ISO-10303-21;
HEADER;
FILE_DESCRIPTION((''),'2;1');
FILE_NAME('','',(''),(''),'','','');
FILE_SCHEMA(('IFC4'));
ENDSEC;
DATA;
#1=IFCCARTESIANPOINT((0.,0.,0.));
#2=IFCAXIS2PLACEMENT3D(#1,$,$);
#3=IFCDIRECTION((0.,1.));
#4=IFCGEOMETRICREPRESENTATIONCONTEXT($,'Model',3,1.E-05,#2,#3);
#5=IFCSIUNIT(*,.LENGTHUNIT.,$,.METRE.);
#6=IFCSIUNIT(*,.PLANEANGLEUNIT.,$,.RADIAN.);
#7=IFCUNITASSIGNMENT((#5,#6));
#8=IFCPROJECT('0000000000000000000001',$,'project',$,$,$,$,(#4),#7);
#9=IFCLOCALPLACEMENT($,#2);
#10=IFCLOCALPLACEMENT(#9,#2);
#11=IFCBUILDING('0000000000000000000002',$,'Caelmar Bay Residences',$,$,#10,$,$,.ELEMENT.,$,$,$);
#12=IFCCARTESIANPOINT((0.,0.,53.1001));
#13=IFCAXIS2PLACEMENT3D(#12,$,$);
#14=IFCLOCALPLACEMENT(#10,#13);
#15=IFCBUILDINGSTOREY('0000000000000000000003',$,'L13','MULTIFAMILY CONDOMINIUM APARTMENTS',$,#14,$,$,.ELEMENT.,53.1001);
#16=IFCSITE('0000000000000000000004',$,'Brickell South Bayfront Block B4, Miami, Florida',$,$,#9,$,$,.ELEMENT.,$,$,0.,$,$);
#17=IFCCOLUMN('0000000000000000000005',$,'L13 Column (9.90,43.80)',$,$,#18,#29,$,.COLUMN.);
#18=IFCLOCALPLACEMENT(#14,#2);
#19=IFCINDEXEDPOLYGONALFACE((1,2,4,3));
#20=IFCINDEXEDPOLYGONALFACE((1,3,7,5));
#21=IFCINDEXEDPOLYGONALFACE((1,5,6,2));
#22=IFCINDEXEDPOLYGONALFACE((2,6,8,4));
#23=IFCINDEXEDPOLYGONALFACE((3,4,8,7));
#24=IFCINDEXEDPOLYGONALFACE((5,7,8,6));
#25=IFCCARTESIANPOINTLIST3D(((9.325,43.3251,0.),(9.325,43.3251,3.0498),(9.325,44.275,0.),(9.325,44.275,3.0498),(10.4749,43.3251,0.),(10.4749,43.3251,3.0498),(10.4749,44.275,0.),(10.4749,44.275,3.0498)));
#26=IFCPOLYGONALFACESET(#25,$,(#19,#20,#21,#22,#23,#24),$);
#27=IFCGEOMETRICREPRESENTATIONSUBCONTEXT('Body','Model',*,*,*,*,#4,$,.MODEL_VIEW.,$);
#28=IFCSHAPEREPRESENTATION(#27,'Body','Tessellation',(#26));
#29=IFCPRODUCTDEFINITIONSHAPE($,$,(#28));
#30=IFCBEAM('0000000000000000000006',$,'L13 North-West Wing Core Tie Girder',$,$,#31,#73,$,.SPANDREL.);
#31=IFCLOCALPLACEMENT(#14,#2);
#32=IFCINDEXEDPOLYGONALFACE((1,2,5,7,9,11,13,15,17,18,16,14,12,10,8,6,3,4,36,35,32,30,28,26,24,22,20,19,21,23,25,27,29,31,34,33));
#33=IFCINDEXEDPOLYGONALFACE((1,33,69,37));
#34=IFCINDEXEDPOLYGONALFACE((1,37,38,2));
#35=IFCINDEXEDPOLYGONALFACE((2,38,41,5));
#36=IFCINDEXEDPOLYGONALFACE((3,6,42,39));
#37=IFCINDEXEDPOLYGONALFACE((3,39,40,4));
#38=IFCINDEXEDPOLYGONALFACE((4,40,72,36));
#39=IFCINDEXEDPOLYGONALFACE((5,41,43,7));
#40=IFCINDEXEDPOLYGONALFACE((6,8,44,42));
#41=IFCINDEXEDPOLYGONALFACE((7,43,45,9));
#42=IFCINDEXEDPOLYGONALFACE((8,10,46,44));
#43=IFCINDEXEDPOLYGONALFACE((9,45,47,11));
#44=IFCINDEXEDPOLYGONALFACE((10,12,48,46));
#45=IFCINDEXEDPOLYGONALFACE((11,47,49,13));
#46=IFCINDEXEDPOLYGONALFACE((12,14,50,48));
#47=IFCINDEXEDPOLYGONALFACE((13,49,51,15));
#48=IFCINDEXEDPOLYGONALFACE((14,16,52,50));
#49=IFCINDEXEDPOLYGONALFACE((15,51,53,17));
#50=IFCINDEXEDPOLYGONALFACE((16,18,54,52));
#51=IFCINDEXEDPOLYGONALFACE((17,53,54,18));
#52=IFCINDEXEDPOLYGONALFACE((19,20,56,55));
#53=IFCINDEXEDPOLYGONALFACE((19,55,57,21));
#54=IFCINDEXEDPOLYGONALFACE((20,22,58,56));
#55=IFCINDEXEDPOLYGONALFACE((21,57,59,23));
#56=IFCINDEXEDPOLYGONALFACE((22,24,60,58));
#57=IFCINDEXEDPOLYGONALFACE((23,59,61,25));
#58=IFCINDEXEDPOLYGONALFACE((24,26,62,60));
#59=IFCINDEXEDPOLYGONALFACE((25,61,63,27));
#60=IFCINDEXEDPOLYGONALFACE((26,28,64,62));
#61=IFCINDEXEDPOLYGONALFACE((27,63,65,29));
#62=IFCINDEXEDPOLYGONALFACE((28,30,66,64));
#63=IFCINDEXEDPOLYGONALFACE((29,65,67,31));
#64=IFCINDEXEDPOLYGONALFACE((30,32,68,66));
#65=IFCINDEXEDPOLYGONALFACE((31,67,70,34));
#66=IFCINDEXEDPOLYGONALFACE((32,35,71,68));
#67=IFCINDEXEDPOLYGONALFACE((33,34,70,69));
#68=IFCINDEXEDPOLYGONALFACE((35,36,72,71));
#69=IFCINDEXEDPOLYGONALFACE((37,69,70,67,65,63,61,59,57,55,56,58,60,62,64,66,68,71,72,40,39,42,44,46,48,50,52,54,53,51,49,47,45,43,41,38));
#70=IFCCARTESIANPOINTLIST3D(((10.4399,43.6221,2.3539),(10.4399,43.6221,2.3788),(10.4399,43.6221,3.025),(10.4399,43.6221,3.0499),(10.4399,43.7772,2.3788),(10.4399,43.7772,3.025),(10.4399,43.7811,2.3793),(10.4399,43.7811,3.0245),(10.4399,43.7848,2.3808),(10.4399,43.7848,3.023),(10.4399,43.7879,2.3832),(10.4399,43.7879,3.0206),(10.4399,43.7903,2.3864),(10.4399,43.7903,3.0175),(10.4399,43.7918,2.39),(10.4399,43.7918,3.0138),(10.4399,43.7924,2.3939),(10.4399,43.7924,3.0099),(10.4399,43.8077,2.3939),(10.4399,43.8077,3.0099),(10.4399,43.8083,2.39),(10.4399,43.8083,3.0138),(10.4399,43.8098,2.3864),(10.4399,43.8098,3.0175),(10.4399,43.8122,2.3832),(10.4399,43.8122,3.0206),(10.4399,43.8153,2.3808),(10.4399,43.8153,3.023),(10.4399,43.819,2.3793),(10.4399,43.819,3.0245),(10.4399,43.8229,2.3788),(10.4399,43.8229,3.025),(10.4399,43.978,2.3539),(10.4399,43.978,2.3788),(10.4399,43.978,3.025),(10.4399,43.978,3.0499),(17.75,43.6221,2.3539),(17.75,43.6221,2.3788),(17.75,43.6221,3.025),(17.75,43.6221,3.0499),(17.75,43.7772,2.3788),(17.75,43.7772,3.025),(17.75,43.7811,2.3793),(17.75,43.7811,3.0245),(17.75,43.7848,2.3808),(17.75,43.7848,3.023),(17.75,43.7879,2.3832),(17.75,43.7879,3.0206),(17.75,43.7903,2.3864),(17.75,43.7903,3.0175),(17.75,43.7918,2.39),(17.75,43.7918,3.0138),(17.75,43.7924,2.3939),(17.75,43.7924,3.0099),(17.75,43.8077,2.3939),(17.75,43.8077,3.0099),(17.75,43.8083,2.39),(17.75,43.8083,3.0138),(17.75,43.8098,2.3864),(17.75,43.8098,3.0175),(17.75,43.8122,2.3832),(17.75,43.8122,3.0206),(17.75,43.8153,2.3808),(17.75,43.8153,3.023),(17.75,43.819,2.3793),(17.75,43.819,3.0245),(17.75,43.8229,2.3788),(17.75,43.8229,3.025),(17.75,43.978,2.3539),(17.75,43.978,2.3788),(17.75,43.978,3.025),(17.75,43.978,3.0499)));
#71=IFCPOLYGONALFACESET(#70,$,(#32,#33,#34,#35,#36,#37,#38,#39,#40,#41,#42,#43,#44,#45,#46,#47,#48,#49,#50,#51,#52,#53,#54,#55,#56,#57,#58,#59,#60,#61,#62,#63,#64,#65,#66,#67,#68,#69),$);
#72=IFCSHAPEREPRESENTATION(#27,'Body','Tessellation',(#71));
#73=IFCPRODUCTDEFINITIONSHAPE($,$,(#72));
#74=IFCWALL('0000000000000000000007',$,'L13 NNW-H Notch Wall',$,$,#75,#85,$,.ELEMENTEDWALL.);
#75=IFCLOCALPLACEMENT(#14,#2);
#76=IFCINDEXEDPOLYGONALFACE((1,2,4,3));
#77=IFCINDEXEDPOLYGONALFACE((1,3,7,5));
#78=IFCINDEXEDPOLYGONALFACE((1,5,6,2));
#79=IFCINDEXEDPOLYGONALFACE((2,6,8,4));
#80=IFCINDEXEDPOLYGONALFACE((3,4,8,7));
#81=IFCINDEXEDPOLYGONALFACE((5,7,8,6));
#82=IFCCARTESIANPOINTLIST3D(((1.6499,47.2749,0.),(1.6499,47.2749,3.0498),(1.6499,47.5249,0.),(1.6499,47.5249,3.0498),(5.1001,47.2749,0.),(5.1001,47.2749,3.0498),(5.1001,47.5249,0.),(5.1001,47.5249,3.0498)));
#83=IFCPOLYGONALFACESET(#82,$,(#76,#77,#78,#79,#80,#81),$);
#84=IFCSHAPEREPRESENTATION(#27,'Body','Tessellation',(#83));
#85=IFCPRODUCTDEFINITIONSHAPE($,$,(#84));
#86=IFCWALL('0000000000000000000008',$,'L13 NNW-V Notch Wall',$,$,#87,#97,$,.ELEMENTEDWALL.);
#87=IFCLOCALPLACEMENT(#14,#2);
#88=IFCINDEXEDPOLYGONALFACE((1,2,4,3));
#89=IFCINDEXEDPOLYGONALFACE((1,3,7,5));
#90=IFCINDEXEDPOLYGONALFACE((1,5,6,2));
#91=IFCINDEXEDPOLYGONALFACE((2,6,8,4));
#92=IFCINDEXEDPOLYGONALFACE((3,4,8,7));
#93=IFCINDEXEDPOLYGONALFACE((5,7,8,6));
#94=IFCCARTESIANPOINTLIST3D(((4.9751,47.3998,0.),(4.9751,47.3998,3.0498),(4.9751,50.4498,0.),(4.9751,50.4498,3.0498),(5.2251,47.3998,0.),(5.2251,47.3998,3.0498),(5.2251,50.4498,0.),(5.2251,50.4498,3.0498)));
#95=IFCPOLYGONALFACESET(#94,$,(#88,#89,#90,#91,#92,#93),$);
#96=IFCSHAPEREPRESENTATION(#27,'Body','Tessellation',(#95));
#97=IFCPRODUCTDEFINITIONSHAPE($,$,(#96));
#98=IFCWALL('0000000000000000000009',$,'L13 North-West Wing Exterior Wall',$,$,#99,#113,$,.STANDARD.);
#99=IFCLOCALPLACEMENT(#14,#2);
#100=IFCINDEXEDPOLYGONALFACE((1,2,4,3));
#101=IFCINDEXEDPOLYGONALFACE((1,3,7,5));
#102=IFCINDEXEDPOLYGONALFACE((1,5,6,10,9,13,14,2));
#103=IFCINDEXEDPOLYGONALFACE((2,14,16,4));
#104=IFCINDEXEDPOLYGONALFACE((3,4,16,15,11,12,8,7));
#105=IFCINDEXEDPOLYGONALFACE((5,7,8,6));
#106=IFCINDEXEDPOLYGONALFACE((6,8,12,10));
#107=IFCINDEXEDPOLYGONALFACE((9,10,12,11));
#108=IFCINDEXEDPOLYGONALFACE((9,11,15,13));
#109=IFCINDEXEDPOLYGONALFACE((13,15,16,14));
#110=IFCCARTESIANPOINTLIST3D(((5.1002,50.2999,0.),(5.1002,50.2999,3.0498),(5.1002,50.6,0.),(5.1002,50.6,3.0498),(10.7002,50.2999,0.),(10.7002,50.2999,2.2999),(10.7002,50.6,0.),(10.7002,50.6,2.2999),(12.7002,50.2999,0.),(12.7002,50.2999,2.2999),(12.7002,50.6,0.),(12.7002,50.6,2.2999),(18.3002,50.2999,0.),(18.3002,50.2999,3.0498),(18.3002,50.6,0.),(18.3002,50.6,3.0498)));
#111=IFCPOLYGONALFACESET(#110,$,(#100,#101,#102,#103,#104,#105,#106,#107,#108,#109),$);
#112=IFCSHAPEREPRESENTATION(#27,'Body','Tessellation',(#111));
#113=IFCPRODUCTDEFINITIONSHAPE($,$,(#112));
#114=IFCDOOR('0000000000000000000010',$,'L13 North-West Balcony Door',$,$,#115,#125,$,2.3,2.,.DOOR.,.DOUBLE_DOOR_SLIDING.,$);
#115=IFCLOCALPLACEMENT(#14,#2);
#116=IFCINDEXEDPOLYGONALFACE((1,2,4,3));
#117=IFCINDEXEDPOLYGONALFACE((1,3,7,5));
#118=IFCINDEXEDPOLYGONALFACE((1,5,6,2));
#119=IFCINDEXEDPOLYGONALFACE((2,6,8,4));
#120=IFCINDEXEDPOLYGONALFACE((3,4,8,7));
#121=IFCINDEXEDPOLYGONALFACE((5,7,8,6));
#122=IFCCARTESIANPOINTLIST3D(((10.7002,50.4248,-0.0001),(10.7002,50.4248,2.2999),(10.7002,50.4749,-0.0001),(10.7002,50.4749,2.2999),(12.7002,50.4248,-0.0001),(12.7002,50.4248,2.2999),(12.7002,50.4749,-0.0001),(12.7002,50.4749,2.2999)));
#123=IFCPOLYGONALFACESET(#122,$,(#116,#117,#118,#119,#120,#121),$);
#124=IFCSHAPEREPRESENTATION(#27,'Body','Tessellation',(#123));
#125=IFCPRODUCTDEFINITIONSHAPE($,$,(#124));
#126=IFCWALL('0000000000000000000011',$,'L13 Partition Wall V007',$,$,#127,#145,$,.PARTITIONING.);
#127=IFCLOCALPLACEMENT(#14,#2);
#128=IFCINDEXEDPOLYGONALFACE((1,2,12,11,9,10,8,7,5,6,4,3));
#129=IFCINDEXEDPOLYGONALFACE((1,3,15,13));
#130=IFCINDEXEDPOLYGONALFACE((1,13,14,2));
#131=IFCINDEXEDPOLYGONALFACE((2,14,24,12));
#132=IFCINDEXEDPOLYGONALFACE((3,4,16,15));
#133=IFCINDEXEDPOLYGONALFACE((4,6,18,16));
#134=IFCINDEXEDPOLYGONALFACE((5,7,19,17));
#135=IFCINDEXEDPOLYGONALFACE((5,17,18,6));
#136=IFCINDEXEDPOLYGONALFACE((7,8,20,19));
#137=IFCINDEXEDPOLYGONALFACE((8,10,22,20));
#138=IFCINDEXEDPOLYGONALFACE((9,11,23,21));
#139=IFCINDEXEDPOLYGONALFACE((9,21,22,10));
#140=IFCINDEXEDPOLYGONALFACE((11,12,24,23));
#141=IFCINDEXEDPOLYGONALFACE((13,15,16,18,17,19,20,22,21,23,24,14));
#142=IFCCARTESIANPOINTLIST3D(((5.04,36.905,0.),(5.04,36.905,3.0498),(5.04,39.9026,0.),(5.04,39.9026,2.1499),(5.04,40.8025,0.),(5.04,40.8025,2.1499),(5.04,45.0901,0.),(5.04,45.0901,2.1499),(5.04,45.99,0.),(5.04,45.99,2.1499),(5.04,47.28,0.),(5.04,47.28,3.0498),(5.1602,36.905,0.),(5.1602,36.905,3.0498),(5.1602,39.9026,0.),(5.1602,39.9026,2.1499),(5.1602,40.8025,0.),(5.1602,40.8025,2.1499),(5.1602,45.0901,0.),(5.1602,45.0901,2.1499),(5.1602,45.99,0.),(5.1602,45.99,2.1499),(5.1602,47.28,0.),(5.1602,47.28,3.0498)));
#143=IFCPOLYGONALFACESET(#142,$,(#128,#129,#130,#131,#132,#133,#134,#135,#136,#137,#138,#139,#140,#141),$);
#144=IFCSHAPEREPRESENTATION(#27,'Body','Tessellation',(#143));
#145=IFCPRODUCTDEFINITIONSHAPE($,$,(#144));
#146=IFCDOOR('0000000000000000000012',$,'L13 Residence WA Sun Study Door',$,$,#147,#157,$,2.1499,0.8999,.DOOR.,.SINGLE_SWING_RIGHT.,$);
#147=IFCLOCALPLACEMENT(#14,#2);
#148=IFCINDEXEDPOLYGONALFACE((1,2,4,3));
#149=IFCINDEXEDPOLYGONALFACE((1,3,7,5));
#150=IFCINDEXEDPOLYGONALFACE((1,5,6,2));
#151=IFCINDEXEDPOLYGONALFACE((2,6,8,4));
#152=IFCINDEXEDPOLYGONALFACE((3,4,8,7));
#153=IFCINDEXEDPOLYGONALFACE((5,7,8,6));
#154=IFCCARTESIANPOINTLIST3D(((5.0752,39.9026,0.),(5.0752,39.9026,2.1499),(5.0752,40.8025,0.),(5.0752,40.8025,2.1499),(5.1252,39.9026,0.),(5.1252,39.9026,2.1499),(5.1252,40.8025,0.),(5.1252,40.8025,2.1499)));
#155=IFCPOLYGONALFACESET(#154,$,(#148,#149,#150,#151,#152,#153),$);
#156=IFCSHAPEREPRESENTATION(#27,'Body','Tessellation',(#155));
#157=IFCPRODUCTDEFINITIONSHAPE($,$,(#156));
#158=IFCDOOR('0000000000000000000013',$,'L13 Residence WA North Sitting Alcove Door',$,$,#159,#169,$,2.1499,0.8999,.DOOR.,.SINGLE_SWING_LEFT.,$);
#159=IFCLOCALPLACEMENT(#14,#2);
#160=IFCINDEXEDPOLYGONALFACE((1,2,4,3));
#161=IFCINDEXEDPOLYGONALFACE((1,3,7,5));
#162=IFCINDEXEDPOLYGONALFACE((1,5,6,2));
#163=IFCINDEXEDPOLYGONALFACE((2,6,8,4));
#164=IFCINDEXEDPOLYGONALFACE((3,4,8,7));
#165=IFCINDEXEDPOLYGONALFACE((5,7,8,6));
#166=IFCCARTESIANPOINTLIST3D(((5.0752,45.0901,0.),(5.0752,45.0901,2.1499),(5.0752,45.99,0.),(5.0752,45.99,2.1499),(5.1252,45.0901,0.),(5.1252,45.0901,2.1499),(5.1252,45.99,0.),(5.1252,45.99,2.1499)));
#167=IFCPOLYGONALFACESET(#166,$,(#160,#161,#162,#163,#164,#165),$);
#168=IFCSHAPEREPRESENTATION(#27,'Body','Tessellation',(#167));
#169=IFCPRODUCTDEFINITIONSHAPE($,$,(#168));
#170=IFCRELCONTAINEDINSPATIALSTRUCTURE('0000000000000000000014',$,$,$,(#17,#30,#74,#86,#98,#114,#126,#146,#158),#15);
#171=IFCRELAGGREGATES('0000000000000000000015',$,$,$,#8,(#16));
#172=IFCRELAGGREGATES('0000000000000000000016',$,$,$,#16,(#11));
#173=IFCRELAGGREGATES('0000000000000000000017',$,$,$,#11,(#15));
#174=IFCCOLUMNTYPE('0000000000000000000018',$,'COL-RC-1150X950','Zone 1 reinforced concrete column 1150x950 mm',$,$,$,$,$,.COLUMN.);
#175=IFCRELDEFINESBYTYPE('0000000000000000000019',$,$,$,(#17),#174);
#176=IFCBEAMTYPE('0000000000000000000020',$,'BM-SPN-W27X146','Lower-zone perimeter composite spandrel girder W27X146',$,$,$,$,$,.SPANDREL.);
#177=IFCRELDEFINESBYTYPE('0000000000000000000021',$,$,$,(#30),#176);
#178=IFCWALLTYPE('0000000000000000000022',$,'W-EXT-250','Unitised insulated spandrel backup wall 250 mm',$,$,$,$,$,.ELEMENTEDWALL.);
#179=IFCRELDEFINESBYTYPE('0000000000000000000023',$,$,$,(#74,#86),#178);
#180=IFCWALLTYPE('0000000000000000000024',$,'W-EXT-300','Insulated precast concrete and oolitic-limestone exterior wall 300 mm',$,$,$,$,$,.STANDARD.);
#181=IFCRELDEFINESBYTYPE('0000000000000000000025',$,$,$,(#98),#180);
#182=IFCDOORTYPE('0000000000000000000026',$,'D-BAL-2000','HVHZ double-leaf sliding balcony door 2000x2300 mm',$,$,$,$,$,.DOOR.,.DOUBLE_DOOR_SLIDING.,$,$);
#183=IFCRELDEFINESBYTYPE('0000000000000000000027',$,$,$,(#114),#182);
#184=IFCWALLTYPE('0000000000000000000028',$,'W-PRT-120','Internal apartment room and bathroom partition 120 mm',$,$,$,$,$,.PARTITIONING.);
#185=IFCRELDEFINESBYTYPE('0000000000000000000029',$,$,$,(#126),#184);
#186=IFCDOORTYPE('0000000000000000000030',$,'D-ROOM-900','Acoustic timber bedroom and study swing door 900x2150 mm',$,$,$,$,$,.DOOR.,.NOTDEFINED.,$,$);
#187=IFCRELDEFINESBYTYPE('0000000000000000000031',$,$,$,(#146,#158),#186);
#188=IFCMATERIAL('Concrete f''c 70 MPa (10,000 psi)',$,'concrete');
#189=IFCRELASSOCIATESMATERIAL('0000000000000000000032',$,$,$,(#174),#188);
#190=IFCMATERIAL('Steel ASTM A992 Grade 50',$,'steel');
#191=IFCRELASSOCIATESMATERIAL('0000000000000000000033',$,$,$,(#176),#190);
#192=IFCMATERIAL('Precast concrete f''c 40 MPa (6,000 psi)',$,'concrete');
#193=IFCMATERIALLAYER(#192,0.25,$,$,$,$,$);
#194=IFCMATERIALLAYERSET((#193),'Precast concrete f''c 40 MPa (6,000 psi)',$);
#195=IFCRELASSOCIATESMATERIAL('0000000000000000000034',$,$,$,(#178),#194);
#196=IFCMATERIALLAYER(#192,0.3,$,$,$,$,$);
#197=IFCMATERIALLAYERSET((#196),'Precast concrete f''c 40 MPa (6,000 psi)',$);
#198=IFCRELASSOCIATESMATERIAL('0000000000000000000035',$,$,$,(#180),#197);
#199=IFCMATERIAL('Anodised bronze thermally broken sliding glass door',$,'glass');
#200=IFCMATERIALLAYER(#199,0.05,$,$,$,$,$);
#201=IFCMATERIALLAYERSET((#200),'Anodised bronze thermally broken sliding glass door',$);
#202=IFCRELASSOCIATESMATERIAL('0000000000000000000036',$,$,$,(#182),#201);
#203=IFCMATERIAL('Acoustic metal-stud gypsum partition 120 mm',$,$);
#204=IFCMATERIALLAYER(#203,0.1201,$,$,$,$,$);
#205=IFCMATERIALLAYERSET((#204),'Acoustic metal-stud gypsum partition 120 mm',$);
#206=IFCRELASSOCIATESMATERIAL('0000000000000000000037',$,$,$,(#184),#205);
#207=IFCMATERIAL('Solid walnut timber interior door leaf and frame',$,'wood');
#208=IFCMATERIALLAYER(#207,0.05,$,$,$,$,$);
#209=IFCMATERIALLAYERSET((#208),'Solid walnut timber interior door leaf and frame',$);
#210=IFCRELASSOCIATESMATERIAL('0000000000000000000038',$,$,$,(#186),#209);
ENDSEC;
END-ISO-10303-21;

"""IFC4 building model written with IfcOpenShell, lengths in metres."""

from ifc_helpers import new_model, si_unit, direction, frame, frame_2d, origin, origin_2d, place, context, subcontext, project, spatial, rectangle, i_section, extrude, material, layer, layer_set, material_profile, profile_set, type_object, element, fill, save


model = new_model("IFC4")

# Units and contexts
model_context = context("Model", 3, precision=1e-05, world=origin(), true_north=direction((0.0, 1.0)))
body_context = subcontext(model_context, "Body", "Model", "MODEL_VIEW")
ifc_project = project(units=[si_unit("LENGTHUNIT", "METRE"), si_unit("PLANEANGLEUNIT", "RADIAN")], contexts=[model_context])

# Site, building, storey
site_placement = place(None, origin())
site = spatial("IfcSite", under=ifc_project, at=site_placement, Name="Brickell South Bayfront Block B4, Miami, Florida", CompositionType="ELEMENT", RefElevation=0.0)
building_placement = place(site_placement, origin())
building = spatial("IfcBuilding", under=site, at=building_placement, Name="Caelmar Bay Residences", CompositionType="ELEMENT")
storey_placement = place(building_placement, frame((0.0, 0.0, 53.1001)))
storey = spatial("IfcBuildingStorey", under=building, at=storey_placement, Name="L13", Description="MULTIFAMILY CONDOMINIUM APARTMENTS", CompositionType="ELEMENT", Elevation=53.1001)

# Column
ifc_material_1 = material(Name="Concrete f'c 70 MPa (10,000 psi)", Category="concrete")
ifc_material_profile_1 = material_profile(ifc_material_1, rectangle(XDim=1.1499, YDim=0.95, at=origin_2d()), Name="RC-COL-1150X950")
ifc_profile_set_1 = profile_set([ifc_material_profile_1], Name="Concrete f'c 70 MPa (10,000 psi)")
column_type = type_object("IfcColumnType", Name="COL-RC-1150X950", Description="Zone 1 reinforced concrete column 1150x950 mm", PredefinedType="COLUMN", material=ifc_profile_set_1)
column_placement = place(storey_placement, frame((9.8999, 43.8, 0.0), z_axis=(0.0, 0.0, 1.0), x_axis=(1.0, 0.0, 0.0)))
element("IfcColumn", 1, at=column_placement, inside=storey, type_object=column_type, Name="L13 Column (9.90,43.80)", PredefinedType="COLUMN", context=body_context, shape_type="SweptSolid", body=[
    extrude(rectangle(XDim=1.1499, YDim=0.95, at=origin_2d()), origin(), (0.0, 0.0, 1.0), 3.0498),
])

# Beam
ifc_material_2 = material(Name="Steel ASTM A992 Grade 50", Category="steel")
ifc_material_profile_2 = material_profile(ifc_material_2, i_section(OverallWidth=0.356, OverallDepth=0.696, WebThickness=0.0154, FlangeThickness=0.0249, FilletRadius=0.0151, at=origin_2d()), Name="W27X146")
ifc_profile_set_2 = profile_set([ifc_material_profile_2], Name="Steel ASTM A992 Grade 50")
beam_type = type_object("IfcBeamType", Name="BM-SPN-W27X146", Description="Lower-zone perimeter composite spandrel girder W27X146", PredefinedType="SPANDREL", material=ifc_profile_set_2)
beam_placement = place(storey_placement, frame((10.4399, 43.8, 2.7019), z_axis=(1.0, 0.0, 0.0), x_axis=(0.0, 1.0, 0.0)))
element("IfcBeam", 2, at=beam_placement, inside=storey, type_object=beam_type, Name="L13 North-West Wing Core Tie Girder", PredefinedType="SPANDREL", context=body_context, shape_type="SweptSolid", body=[
    extrude(i_section(OverallWidth=0.356, OverallDepth=0.696, WebThickness=0.0154, FlangeThickness=0.0249, FilletRadius=0.0151, at=origin_2d()), origin(), (0.0, 0.0, 1.0), 7.3101),
])

# Walls
ifc_material_3 = material(Name="Precast concrete f'c 40 MPa (6,000 psi)", Category="concrete")
ifc_layer_1 = layer(ifc_material_3, 0.25)
ifc_layer_set_1 = layer_set([ifc_layer_1], Name="Precast concrete f'c 40 MPa (6,000 psi)")
wall_type_1 = type_object("IfcWallType", Name="W-EXT-250", Description="Unitised insulated spandrel backup wall 250 mm", PredefinedType="ELEMENTEDWALL", material=ifc_layer_set_1)
wall_1_placement = place(storey_placement, frame((1.6499, 47.3999, 0.0), z_axis=(0.0, 0.0, 1.0), x_axis=(1.0, 0.0, 0.0)))
element("IfcWall", 3, at=wall_1_placement, inside=storey, type_object=wall_type_1, Name="L13 NNW-H Notch Wall", PredefinedType="ELEMENTEDWALL", context=body_context, shape_type="SweptSolid", body=[
    extrude(rectangle(XDim=3.4502, YDim=0.25, at=frame_2d((1.7251, 0.0))), origin(), (0.0, 0.0, 1.0), 3.0498),
])
wall_2_placement = place(storey_placement, frame((5.1001, 47.3999, 0.0), z_axis=(0.0, 0.0, 1.0), x_axis=(0.0, 1.0, 0.0)))
element("IfcWall", 4, at=wall_2_placement, inside=storey, type_object=wall_type_1, Name="L13 NNW-V Notch Wall", PredefinedType="ELEMENTEDWALL", context=body_context, shape_type="SweptSolid", body=[
    extrude(rectangle(XDim=3.05, YDim=0.25, at=frame_2d((1.5249, 0.0))), origin(), (0.0, 0.0, 1.0), 3.0498),
])

# Wall, opening, door
ifc_layer_2 = layer(ifc_material_3, 0.3)
ifc_layer_set_2 = layer_set([ifc_layer_2], Name="Precast concrete f'c 40 MPa (6,000 psi)")
wall_type_2 = type_object("IfcWallType", Name="W-EXT-300", Description="Insulated precast concrete and oolitic-limestone exterior wall 300 mm", PredefinedType="STANDARD", material=ifc_layer_set_2)
wall_3_placement = place(storey_placement, frame((5.1001, 50.45, 0.0), z_axis=(0.0, 0.0, 1.0), x_axis=(1.0, 0.0, 0.0)))
wall_3 = element("IfcWall", 5, at=wall_3_placement, inside=storey, type_object=wall_type_2, Name="L13 North-West Wing Exterior Wall", PredefinedType="STANDARD", context=body_context, shape_type="SweptSolid", body=[
    extrude(rectangle(XDim=13.2, YDim=0.3, at=frame_2d((6.6001, 0.0))), origin(), (0.0, 0.0, 1.0), 3.0498),
])
opening_1_placement = place(wall_3_placement, frame((5.6001, 0.0, 0.0)))
opening_1 = element("IfcOpeningElement", 6, at=opening_1_placement, cuts=wall_3, PredefinedType="OPENING", context=body_context, shape_type="SweptSolid", body=[
    extrude(rectangle(XDim=2.0, YDim=2.3, at=frame_2d((1.0, 1.1499))), frame((0.0, 0.1599, 0.0), z_axis=(0.0, -1.0, 0.0), x_axis=(1.0, 0.0, 0.0)), (0.0, 0.0, 1.0), 0.3201),
])
ifc_material_4 = material(Name="Anodised bronze thermally broken sliding glass door", Category="glass")
ifc_layer_3 = layer(ifc_material_4, 0.05)
ifc_layer_set_3 = layer_set([ifc_layer_3], Name="Anodised bronze thermally broken sliding glass door")
door_type_1 = type_object("IfcDoorType", Name="D-BAL-2000", Description="HVHZ double-leaf sliding balcony door 2000x2300 mm", OperationType="DOUBLE_DOOR_SLIDING", PredefinedType="DOOR", material=ifc_layer_set_3)
door_1_placement = place(opening_1_placement, origin())
door_1 = element("IfcDoor", 7, at=door_1_placement, inside=storey, type_object=door_type_1, Name="L13 North-West Balcony Door", OperationType="DOUBLE_DOOR_SLIDING", OverallHeight=2.3, OverallWidth=2.0, PredefinedType="DOOR", context=body_context, shape_type="SweptSolid", body=[
    extrude(rectangle(XDim=2.0, YDim=2.3, at=frame_2d((1.0, 1.1499))), frame((0.0, 0.0249, 0.0), z_axis=(0.0, -1.0, 0.0), x_axis=(1.0, 0.0, 0.0)), (0.0, 0.0, 1.0), 0.05),
])
fill(opening_1, door_1)

# Wall, openings, doors
ifc_material_5 = material(Name="Acoustic metal-stud gypsum partition 120 mm")
ifc_layer_4 = layer(ifc_material_5, 0.1201)
ifc_layer_set_4 = layer_set([ifc_layer_4], Name="Acoustic metal-stud gypsum partition 120 mm")
wall_type_3 = type_object("IfcWallType", Name="W-PRT-120", Description="Internal apartment room and bathroom partition 120 mm", PredefinedType="PARTITIONING", material=ifc_layer_set_4)
wall_4_placement = place(storey_placement, frame((5.1001, 36.905, 0.0), z_axis=(0.0, 0.0, 1.0), x_axis=(0.0, 1.0, 0.0)))
wall_4 = element("IfcWall", 8, at=wall_4_placement, inside=storey, type_object=wall_type_3, Name="L13 Partition Wall V007", PredefinedType="PARTITIONING", context=body_context, shape_type="SweptSolid", body=[
    extrude(rectangle(XDim=10.375, YDim=0.1201, at=frame_2d((5.1875, 0.0))), origin(), (0.0, 0.0, 1.0), 3.0498),
])
opening_2_placement = place(wall_4_placement, frame((2.9976, 0.0, 0.0)))
opening_2 = element("IfcOpeningElement", 9, at=opening_2_placement, cuts=wall_4, PredefinedType="OPENING", context=body_context, shape_type="SweptSolid", body=[
    extrude(rectangle(XDim=0.8999, YDim=2.1499, at=frame_2d((0.45, 1.075))), frame((0.0, 0.0701, 0.0), z_axis=(0.0, -1.0, 0.0), x_axis=(1.0, 0.0, 0.0)), (0.0, 0.0, 1.0), 0.1401),
])
opening_3_placement = place(wall_4_placement, frame((8.1851, 0.0, 0.0)))
opening_3 = element("IfcOpeningElement", 10, at=opening_3_placement, cuts=wall_4, PredefinedType="OPENING", context=body_context, shape_type="SweptSolid", body=[
    extrude(rectangle(XDim=0.8999, YDim=2.1499, at=frame_2d((0.45, 1.075))), frame((0.0, 0.0701, 0.0), z_axis=(0.0, -1.0, 0.0), x_axis=(1.0, 0.0, 0.0)), (0.0, 0.0, 1.0), 0.1401),
])
ifc_material_6 = material(Name="Solid walnut timber interior door leaf and frame", Category="wood")
ifc_layer_5 = layer(ifc_material_6, 0.05)
ifc_layer_set_5 = layer_set([ifc_layer_5], Name="Solid walnut timber interior door leaf and frame")
door_type_2 = type_object("IfcDoorType", Name="D-ROOM-900", Description="Acoustic timber bedroom and study swing door 900x2150 mm", OperationType="NOTDEFINED", PredefinedType="DOOR", material=ifc_layer_set_5)
door_2_placement = place(opening_2_placement, origin())
door_2 = element("IfcDoor", 11, at=door_2_placement, inside=storey, type_object=door_type_2, Name="L13 Residence WA Sun Study Door", OperationType="SINGLE_SWING_RIGHT", OverallHeight=2.1499, OverallWidth=0.8999, PredefinedType="DOOR", context=body_context, shape_type="SweptSolid", body=[
    extrude(rectangle(XDim=0.8999, YDim=2.1499, at=frame_2d((0.45, 1.075))), frame((0.0, 0.0249, 0.0), z_axis=(0.0, -1.0, 0.0), x_axis=(1.0, 0.0, 0.0)), (0.0, 0.0, 1.0), 0.05),
])
fill(opening_2, door_2)
door_3_placement = place(opening_3_placement, origin())
door_3 = element("IfcDoor", 12, at=door_3_placement, inside=storey, type_object=door_type_2, Name="L13 Residence WA North Sitting Alcove Door", OperationType="SINGLE_SWING_LEFT", OverallHeight=2.1499, OverallWidth=0.8999, PredefinedType="DOOR", context=body_context, shape_type="SweptSolid", body=[
    extrude(rectangle(XDim=0.8999, YDim=2.1499, at=frame_2d((0.45, 1.075))), frame((0.0, 0.0249, 0.0), z_axis=(0.0, -1.0, 0.0), x_axis=(1.0, 0.0, 0.0)), (0.0, 0.0, 1.0), 0.05),
])
fill(opening_3, door_3)

save(model, "model.ifc")
